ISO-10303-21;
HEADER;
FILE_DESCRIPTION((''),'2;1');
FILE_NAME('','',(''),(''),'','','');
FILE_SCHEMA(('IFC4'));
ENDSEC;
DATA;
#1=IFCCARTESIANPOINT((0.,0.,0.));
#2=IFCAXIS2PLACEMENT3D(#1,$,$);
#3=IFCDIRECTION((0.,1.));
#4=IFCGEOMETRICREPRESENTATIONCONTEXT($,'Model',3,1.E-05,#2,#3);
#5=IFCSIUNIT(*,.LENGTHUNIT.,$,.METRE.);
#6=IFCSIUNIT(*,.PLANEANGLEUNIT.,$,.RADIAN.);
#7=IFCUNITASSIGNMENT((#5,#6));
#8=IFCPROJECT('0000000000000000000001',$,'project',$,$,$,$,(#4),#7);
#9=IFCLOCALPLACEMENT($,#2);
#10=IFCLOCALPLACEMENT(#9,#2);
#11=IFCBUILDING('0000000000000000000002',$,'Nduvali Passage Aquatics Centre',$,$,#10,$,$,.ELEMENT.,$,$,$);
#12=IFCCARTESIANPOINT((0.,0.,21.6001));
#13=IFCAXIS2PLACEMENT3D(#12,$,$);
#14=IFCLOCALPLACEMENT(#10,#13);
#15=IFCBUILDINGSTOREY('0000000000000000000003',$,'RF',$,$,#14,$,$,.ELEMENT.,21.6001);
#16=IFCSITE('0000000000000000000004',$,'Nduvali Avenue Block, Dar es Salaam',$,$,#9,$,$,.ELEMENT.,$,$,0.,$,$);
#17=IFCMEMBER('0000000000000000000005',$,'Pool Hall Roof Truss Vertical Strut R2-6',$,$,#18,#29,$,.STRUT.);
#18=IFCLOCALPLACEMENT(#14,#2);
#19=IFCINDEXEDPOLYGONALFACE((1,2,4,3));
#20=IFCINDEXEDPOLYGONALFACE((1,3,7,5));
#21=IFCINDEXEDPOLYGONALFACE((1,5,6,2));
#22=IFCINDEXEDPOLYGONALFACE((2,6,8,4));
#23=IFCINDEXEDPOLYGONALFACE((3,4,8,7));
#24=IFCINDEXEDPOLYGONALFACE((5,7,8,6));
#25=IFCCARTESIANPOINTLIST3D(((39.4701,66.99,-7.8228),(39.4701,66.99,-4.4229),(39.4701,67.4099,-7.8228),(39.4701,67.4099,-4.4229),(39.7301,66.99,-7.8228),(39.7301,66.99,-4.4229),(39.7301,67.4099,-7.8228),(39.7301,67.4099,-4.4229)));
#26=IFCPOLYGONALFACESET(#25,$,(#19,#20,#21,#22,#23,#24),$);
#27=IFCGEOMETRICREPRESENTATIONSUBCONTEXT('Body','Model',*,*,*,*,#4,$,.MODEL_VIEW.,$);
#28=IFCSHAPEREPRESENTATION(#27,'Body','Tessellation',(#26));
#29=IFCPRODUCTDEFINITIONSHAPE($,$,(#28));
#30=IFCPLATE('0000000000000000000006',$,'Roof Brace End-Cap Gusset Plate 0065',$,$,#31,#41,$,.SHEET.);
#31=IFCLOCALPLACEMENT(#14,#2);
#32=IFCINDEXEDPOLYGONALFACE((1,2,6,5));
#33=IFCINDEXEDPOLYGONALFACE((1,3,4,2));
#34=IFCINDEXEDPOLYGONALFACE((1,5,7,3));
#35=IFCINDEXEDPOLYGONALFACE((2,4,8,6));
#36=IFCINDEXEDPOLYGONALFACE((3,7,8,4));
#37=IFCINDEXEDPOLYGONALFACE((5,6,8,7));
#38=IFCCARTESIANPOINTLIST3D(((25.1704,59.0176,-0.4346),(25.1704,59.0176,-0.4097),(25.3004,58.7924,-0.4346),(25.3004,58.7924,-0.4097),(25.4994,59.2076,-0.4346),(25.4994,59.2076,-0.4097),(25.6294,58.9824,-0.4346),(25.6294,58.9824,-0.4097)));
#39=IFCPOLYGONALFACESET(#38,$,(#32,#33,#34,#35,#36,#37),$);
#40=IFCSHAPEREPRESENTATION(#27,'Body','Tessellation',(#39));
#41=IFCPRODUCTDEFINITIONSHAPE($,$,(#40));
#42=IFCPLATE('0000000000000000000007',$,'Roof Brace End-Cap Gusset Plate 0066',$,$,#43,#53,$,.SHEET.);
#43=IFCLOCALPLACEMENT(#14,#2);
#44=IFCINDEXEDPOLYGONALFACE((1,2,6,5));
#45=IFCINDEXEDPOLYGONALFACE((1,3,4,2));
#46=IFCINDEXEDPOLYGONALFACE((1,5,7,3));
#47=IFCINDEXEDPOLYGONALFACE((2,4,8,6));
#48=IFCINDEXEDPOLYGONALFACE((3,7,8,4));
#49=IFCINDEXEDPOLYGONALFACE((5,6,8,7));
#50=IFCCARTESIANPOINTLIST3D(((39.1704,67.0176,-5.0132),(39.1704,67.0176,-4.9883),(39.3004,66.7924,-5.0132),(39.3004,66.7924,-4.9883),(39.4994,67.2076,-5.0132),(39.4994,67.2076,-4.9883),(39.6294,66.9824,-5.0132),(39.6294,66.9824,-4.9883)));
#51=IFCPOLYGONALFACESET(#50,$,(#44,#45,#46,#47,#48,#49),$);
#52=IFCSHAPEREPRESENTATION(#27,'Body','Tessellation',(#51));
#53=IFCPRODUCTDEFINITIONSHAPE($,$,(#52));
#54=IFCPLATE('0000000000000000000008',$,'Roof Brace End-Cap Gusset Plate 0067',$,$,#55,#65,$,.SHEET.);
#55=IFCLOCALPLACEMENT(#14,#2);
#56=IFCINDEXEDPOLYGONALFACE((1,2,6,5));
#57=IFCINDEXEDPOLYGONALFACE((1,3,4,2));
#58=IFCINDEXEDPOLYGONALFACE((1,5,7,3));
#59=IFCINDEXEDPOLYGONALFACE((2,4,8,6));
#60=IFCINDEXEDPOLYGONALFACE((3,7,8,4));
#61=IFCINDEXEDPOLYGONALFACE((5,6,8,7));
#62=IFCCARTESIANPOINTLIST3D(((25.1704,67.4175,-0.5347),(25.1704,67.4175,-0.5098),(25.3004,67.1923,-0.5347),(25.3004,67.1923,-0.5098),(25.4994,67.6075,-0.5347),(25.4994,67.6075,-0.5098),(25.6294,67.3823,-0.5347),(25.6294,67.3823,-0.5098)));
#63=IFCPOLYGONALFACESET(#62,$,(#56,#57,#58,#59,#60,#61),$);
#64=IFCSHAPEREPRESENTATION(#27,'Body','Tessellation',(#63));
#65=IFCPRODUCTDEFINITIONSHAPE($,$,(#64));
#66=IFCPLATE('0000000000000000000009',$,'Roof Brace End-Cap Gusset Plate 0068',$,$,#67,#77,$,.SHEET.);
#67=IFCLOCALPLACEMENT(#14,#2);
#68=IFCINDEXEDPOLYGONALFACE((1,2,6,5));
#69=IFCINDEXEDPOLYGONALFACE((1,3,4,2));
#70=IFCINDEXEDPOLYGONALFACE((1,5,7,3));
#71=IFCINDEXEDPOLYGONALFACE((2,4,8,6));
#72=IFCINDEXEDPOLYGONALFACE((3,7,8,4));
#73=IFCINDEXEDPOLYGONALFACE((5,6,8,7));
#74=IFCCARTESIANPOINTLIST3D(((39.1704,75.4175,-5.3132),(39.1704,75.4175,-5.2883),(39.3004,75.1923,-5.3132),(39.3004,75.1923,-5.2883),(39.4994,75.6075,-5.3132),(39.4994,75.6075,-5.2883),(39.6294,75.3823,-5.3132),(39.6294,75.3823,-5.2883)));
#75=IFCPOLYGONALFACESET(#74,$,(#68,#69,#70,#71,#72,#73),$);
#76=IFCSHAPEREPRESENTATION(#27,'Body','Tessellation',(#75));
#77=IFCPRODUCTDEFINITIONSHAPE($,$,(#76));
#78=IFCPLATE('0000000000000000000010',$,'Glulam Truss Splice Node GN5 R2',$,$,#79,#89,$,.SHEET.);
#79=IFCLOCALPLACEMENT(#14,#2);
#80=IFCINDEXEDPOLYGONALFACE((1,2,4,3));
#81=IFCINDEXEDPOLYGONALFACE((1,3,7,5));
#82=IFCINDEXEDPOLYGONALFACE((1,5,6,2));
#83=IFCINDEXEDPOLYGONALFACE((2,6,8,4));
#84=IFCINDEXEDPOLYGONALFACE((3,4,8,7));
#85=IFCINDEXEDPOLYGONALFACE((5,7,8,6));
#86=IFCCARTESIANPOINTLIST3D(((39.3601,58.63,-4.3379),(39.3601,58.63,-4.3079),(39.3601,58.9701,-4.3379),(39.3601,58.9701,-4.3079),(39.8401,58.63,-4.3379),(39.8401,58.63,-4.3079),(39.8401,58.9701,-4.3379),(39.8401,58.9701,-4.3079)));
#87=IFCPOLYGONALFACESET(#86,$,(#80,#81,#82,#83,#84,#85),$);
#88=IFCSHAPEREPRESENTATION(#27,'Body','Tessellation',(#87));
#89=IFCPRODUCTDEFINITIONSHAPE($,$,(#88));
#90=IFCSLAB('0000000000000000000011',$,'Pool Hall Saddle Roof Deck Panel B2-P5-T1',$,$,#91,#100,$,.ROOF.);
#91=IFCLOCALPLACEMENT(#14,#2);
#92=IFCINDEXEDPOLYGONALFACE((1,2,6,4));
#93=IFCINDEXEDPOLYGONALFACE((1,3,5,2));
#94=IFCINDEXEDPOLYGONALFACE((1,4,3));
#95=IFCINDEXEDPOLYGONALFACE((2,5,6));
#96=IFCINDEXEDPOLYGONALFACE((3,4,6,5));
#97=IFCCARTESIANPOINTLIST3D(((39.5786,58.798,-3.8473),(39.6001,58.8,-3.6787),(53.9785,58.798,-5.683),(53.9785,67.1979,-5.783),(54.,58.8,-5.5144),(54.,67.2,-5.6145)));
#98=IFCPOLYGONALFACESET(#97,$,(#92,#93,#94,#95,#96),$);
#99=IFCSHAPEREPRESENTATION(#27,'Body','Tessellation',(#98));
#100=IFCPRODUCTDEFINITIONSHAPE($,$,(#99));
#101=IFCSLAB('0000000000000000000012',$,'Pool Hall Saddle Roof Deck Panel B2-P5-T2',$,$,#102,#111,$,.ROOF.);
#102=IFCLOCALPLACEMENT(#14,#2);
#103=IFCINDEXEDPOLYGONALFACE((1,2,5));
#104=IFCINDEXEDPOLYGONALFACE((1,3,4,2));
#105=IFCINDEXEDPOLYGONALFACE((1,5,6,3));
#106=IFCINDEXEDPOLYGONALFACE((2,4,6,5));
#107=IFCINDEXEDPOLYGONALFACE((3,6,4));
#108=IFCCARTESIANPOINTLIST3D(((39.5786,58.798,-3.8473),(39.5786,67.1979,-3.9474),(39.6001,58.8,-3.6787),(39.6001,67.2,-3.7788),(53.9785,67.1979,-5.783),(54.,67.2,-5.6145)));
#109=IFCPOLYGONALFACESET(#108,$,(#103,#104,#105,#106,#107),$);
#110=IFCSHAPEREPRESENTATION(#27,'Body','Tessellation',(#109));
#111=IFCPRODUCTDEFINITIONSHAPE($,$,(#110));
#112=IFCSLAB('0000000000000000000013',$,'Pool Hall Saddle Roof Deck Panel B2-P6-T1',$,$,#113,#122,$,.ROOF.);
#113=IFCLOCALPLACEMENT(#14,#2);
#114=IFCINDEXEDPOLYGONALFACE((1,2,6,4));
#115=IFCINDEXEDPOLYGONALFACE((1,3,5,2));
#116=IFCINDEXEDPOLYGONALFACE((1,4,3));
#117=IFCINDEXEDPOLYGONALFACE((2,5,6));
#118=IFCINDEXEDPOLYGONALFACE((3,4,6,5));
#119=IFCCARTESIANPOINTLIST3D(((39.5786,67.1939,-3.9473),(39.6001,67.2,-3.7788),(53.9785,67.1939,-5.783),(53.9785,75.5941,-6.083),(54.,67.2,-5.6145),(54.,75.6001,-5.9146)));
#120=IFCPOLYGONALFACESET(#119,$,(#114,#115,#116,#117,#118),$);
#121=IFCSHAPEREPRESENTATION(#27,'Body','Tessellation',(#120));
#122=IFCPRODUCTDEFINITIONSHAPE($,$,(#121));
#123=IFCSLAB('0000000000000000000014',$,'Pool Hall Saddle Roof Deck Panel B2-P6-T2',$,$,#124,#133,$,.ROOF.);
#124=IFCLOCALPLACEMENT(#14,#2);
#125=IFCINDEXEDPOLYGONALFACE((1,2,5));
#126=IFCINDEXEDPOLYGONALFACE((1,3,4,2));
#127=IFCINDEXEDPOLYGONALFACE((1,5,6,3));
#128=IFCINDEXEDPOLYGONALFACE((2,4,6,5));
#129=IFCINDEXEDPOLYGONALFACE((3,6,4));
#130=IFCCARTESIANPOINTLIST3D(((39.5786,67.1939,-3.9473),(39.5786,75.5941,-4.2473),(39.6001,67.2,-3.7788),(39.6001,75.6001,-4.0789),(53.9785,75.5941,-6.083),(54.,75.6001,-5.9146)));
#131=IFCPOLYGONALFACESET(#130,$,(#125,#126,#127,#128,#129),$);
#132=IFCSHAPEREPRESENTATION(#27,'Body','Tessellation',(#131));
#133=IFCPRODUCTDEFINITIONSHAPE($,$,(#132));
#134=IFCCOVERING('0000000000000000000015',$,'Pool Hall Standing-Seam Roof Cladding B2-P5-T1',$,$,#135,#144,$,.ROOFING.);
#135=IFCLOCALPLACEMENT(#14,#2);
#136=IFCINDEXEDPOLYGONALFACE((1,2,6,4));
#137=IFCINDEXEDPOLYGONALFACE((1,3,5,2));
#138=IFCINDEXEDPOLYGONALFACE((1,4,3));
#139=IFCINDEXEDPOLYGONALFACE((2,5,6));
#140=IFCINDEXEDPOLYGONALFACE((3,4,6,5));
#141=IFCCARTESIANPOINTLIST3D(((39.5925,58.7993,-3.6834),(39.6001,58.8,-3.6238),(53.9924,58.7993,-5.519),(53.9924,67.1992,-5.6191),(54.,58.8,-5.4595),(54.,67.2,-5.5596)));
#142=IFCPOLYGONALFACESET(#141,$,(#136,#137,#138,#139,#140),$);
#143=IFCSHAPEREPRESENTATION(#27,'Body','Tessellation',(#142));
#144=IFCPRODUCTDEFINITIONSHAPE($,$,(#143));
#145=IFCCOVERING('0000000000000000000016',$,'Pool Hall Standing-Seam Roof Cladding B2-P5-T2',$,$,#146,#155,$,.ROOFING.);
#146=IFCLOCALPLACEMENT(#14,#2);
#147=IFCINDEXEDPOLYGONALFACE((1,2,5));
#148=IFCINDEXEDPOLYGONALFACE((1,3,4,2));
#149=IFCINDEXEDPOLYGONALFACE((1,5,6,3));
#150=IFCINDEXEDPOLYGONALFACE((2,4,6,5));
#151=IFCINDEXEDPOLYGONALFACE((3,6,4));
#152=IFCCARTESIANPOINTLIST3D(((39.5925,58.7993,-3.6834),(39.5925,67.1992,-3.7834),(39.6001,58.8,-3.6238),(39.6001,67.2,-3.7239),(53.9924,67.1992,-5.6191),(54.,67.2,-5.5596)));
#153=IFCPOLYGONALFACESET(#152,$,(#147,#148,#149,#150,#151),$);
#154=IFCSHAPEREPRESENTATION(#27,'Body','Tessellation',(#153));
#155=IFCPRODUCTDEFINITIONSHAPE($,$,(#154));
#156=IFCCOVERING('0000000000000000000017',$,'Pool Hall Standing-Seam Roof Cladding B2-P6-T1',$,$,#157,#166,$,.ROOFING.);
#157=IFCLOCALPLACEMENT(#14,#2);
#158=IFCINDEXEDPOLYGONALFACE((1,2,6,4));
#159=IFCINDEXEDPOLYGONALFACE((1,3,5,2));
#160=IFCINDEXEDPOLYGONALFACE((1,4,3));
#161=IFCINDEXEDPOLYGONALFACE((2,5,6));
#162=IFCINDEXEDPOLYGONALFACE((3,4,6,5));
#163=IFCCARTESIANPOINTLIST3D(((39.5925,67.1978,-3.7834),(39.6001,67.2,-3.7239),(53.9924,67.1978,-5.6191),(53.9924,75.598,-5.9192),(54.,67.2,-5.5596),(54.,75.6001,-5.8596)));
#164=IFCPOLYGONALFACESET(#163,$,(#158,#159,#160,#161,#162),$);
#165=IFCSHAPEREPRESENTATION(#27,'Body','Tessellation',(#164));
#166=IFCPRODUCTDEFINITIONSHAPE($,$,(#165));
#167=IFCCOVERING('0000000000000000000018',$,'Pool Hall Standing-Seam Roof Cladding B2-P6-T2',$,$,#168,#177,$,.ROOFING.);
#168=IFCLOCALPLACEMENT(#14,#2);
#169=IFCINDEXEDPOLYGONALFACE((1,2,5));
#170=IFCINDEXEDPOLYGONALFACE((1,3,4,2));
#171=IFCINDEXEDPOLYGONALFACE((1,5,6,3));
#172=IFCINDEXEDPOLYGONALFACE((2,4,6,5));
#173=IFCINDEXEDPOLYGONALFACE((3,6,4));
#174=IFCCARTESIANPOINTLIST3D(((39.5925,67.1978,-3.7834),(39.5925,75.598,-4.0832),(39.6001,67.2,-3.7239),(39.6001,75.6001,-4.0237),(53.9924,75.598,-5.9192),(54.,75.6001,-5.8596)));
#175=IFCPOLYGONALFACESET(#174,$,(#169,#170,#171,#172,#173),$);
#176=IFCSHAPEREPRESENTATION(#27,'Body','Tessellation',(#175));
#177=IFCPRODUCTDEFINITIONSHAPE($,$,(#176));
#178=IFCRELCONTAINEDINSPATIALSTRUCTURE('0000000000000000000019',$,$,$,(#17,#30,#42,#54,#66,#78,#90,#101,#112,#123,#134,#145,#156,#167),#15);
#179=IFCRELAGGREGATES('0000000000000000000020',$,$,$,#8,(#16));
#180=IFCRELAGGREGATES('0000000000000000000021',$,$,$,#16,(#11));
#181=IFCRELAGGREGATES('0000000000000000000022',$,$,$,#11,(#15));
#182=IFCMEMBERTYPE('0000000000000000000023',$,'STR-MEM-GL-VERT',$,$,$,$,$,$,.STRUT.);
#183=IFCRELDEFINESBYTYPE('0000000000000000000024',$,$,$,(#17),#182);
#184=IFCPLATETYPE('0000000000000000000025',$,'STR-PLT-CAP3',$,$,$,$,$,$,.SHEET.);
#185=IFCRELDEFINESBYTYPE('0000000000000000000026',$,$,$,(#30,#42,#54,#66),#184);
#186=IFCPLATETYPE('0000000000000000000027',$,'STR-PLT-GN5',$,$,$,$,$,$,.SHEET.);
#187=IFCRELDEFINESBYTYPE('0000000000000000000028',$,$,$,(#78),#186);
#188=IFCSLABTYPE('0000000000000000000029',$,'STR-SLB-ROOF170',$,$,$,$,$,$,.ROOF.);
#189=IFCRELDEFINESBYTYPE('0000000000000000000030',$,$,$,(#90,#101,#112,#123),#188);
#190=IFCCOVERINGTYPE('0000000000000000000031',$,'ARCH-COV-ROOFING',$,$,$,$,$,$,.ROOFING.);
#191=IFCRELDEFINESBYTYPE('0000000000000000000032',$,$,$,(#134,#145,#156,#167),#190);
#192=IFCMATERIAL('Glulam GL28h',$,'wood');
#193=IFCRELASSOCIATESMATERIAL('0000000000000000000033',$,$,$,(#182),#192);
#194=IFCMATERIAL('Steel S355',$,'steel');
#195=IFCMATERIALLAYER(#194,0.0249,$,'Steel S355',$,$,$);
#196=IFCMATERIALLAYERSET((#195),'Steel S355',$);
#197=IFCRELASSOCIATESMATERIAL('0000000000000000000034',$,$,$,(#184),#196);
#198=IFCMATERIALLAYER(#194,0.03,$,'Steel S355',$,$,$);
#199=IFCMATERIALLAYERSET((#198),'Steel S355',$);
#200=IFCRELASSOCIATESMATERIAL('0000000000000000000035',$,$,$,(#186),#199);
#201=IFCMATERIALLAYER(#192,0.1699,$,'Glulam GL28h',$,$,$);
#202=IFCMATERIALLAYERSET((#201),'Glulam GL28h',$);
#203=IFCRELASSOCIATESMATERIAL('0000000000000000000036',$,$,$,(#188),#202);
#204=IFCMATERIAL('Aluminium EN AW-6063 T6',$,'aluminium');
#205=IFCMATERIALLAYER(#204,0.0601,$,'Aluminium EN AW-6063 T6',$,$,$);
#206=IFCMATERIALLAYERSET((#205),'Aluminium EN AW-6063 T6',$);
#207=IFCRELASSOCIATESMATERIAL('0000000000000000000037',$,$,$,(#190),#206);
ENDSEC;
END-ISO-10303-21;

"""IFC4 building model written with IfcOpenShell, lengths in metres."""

from ifc_helpers import new_model, si_unit, direction, frame, origin, origin_2d, place, context, subcontext, project, spatial, polyline, rectangle, outline, extrude, material, layer, layer_set, material_profile, profile_set, type_object, element, save


model = new_model("IFC4")

# Units and contexts
model_context = context("Model", 3, precision=1e-05, world=origin(), true_north=direction((0.0, 1.0)))
body_context = subcontext(model_context, "Body", "Model", "MODEL_VIEW")
ifc_project = project(units=[si_unit("LENGTHUNIT", "METRE"), si_unit("PLANEANGLEUNIT", "RADIAN")], contexts=[model_context])

# Site, building, storey
site_placement = place(None, origin())
site = spatial("IfcSite", under=ifc_project, at=site_placement, Name="Nduvali Avenue Block, Dar es Salaam", CompositionType="ELEMENT", RefElevation=0.0)
building_placement = place(site_placement, origin())
building = spatial("IfcBuilding", under=site, at=building_placement, Name="Nduvali Passage Aquatics Centre", CompositionType="ELEMENT")
storey_placement = place(building_placement, frame((0.0, 0.0, 21.6001)))
storey = spatial("IfcBuildingStorey", under=building, at=storey_placement, Name="RF", CompositionType="ELEMENT", Elevation=21.6001)

# Member
ifc_material_1 = material(Name="Steel S355", Category="steel")
ifc_material_2 = material(Name="Glulam GL28h", Category="wood")
ifc_material_profile_1 = material_profile(ifc_material_2, rectangle(XDim=0.26, YDim=0.4199, at=origin_2d()), Name="GL28h 260x420")
ifc_profile_set_1 = profile_set([ifc_material_profile_1], Name="Glulam GL28h")
member_type_1 = type_object("IfcMemberType", Name="STR-MEM-GL-VERT", PredefinedType="STRUT", material=ifc_profile_set_1)
member_1_placement = place(storey_placement, frame((39.6001, 67.2, -7.8228), z_axis=(0.0, 0.0, 1.0), x_axis=(1.0, 0.0, 0.0)))
element("IfcMember", 1, at=member_1_placement, inside=storey, type_object=member_type_1, Name="Pool Hall Roof Truss Vertical Strut R2-6", PredefinedType="STRUT", context=body_context, shape_type="SweptSolid", body=[
    extrude(rectangle(XDim=0.26, YDim=0.4199, at=origin_2d()), origin(), (0.0, 0.0, 1.0), 3.3999),
])

# Plates
ifc_layer_1 = layer(ifc_material_1, 0.0249, Name="Steel S355")
ifc_layer_set_1 = layer_set([ifc_layer_1], Name="Steel S355")
plate_type_1 = type_object("IfcPlateType", Name="STR-PLT-CAP3", PredefinedType="SHEET", material=ifc_layer_set_1)
for number, where, z_axis, x_axis, name in (
    (2, (25.3999, 59.0, -0.4346), (0.0, 0.0, 1.0), (0.866025, 0.5, 0.0), "Roof Brace End-Cap Gusset Plate 0065"),
    (3, (39.3999, 67.0, -5.0132), (0.0, 0.0, 1.0), (0.866025, 0.5, 0.0), "Roof Brace End-Cap Gusset Plate 0066"),
    (4, (25.3999, 67.3999, -0.5347), (0.0, 0.0, 1.0), (0.866025, 0.5, 0.0), "Roof Brace End-Cap Gusset Plate 0067"),
    (5, (39.3999, 75.3999, -5.3132), (0.0, 0.0, 1.0), (0.866025, 0.5, 0.0), "Roof Brace End-Cap Gusset Plate 0068"),
):
    element("IfcPlate", number, at=place(storey_placement, frame(where, z_axis=z_axis, x_axis=x_axis)), inside=storey, type_object=plate_type_1, Name=name, PredefinedType="SHEET", context=body_context, shape_type="SweptSolid", body=[
        extrude(rectangle(XDim=0.3799, YDim=0.26, at=origin_2d()), origin(), (0.0, 0.0, 1.0), 0.0249),
    ])
ifc_layer_2 = layer(ifc_material_1, 0.03, Name="Steel S355")
ifc_layer_set_2 = layer_set([ifc_layer_2], Name="Steel S355")
plate_type_2 = type_object("IfcPlateType", Name="STR-PLT-GN5", PredefinedType="SHEET", material=ifc_layer_set_2)
plate_placement = place(storey_placement, frame((39.6001, 58.8, -4.3379), z_axis=(0.0, 0.0, 1.0), x_axis=(1.0, 0.0, 0.0)))
element("IfcPlate", 6, at=plate_placement, inside=storey, type_object=plate_type_2, Name="Glulam Truss Splice Node GN5 R2", PredefinedType="SHEET", context=body_context, shape_type="SweptSolid", body=[
    extrude(rectangle(XDim=0.48, YDim=0.3401, at=origin_2d()), origin(), (0.0, 0.0, 1.0), 0.03),
])

# Slabs
ifc_layer_3 = layer(ifc_material_2, 0.1699, Name="Glulam GL28h")
ifc_layer_set_3 = layer_set([ifc_layer_3], Name="Glulam GL28h")
slab_type = type_object("IfcSlabType", Name="STR-SLB-ROOF170", PredefinedType="ROOF", material=ifc_layer_set_3)
slab_1_placement = place(storey_placement, frame((39.6001, 58.8, -3.6787), z_axis=(0.126447, 0.01182, 0.991903), x_axis=(0.991972, 0.0, -0.126456)))
element("IfcSlab", 7, at=slab_1_placement, inside=storey, type_object=slab_type, Name="Pool Hall Saddle Roof Deck Panel B2-P5-T1", PredefinedType="ROOF", context=body_context, shape_type="SweptSolid", body=[
    extrude(outline(polyline([(0.0, 0.0), (14.5164, 0.0), (14.5291, 8.4005), (0.0, 0.0)])), origin(), (0.0, 0.0, -1.0), 0.1699),
])
slab_2_placement = place(storey_placement, frame((39.6001, 58.8, -3.6787), z_axis=(0.126447, 0.01182, 0.991903), x_axis=(0.858015, 0.500506, -0.115344)))
element("IfcSlab", 8, at=slab_2_placement, inside=storey, type_object=slab_type, Name="Pool Hall Saddle Roof Deck Panel B2-P5-T2", PredefinedType="ROOF", context=body_context, shape_type="SweptSolid", body=[
    extrude(outline(polyline([(0.0, 0.0), (16.7828, 0.0), (4.2157, 7.2661), (0.0, 0.0)])), origin(), (0.0, 0.0, -1.0), 0.1699),
])
slab_3_placement = place(storey_placement, frame((39.6001, 67.2, -3.7788), z_axis=(0.126377, 0.035411, 0.99135), x_axis=(0.991972, 0.0, -0.126456)))
element("IfcSlab", 9, at=slab_3_placement, inside=storey, type_object=slab_type, Name="Pool Hall Saddle Roof Deck Panel B2-P6-T1", PredefinedType="ROOF", context=body_context, shape_type="SweptSolid", body=[
    extrude(outline(polyline([(0.0, 0.0), (14.5164, 0.0), (14.5544, 8.4054), (0.0, 0.0)])), origin(), (0.0, 0.0, -1.0), 0.1699),
])
slab_4_placement = place(storey_placement, frame((39.6001, 67.2, -3.7788), z_axis=(0.126377, 0.035411, 0.99135), x_axis=(0.856771, 0.499795, -0.127073)))
element("IfcSlab", 10, at=slab_4_placement, inside=storey, type_object=slab_type, Name="Pool Hall Saddle Roof Deck Panel B2-P6-T2", PredefinedType="ROOF", context=body_context, shape_type="SweptSolid", body=[
    extrude(outline(polyline([(0.0, 0.0), (16.8072, 0.0), (4.2365, 7.2598), (0.0, 0.0)])), origin(), (0.0, 0.0, -1.0), 0.1699),
])

# Coverings
ifc_material_3 = material(Name="Aluminium EN AW-6063 T6", Category="aluminium")
ifc_layer_4 = layer(ifc_material_3, 0.0601, Name="Aluminium EN AW-6063 T6")
ifc_layer_set_4 = layer_set([ifc_layer_4], Name="Aluminium EN AW-6063 T6")
covering_type = type_object("IfcCoveringType", Name="ARCH-COV-ROOFING", PredefinedType="ROOFING", material=ifc_layer_set_4)
covering_1_placement = place(storey_placement, frame((39.6001, 58.8, -3.6238), z_axis=(0.126447, 0.01182, 0.991903), x_axis=(0.991972, 0.0, -0.126456)))
element("IfcCovering", 11, at=covering_1_placement, inside=storey, type_object=covering_type, Name="Pool Hall Standing-Seam Roof Cladding B2-P5-T1", PredefinedType="ROOFING", context=body_context, shape_type="SweptSolid", body=[
    extrude(outline(polyline([(0.0, 0.0), (14.5164, 0.0), (14.5291, 8.4005), (0.0, 0.0)])), origin(), (0.0, 0.0, -1.0), 0.0601),
])
covering_2_placement = place(storey_placement, frame((39.6001, 58.8, -3.6238), z_axis=(0.126447, 0.01182, 0.991903), x_axis=(0.858015, 0.500506, -0.115344)))
element("IfcCovering", 12, at=covering_2_placement, inside=storey, type_object=covering_type, Name="Pool Hall Standing-Seam Roof Cladding B2-P5-T2", PredefinedType="ROOFING", context=body_context, shape_type="SweptSolid", body=[
    extrude(outline(polyline([(0.0, 0.0), (16.7828, 0.0), (4.2157, 7.2661), (0.0, 0.0)])), origin(), (0.0, 0.0, -1.0), 0.0601),
])
covering_3_placement = place(storey_placement, frame((39.6001, 67.2, -3.7239), z_axis=(0.126377, 0.035411, 0.99135), x_axis=(0.991972, 0.0, -0.126456)))
element("IfcCovering", 13, at=covering_3_placement, inside=storey, type_object=covering_type, Name="Pool Hall Standing-Seam Roof Cladding B2-P6-T1", PredefinedType="ROOFING", context=body_context, shape_type="SweptSolid", body=[
    extrude(outline(polyline([(0.0, 0.0), (14.5164, 0.0), (14.5544, 8.4054), (0.0, 0.0)])), origin(), (0.0, 0.0, -1.0), 0.0601),
])
covering_4_placement = place(storey_placement, frame((39.6001, 67.2, -3.7239), z_axis=(0.126394, 0.035382, 0.991349), x_axis=(0.856771, 0.499795, -0.127073)))
element("IfcCovering", 14, at=covering_4_placement, inside=storey, type_object=covering_type, Name="Pool Hall Standing-Seam Roof Cladding B2-P6-T2", PredefinedType="ROOFING", context=body_context, shape_type="SweptSolid", body=[
    extrude(outline(polyline([(0.0, 0.0), (16.8072, 0.0), (4.2365, 7.2598), (0.0, 0.0)])), origin(), (0.0, 0.0, -1.0), 0.0601),
])

save(model, "model.ifc")
